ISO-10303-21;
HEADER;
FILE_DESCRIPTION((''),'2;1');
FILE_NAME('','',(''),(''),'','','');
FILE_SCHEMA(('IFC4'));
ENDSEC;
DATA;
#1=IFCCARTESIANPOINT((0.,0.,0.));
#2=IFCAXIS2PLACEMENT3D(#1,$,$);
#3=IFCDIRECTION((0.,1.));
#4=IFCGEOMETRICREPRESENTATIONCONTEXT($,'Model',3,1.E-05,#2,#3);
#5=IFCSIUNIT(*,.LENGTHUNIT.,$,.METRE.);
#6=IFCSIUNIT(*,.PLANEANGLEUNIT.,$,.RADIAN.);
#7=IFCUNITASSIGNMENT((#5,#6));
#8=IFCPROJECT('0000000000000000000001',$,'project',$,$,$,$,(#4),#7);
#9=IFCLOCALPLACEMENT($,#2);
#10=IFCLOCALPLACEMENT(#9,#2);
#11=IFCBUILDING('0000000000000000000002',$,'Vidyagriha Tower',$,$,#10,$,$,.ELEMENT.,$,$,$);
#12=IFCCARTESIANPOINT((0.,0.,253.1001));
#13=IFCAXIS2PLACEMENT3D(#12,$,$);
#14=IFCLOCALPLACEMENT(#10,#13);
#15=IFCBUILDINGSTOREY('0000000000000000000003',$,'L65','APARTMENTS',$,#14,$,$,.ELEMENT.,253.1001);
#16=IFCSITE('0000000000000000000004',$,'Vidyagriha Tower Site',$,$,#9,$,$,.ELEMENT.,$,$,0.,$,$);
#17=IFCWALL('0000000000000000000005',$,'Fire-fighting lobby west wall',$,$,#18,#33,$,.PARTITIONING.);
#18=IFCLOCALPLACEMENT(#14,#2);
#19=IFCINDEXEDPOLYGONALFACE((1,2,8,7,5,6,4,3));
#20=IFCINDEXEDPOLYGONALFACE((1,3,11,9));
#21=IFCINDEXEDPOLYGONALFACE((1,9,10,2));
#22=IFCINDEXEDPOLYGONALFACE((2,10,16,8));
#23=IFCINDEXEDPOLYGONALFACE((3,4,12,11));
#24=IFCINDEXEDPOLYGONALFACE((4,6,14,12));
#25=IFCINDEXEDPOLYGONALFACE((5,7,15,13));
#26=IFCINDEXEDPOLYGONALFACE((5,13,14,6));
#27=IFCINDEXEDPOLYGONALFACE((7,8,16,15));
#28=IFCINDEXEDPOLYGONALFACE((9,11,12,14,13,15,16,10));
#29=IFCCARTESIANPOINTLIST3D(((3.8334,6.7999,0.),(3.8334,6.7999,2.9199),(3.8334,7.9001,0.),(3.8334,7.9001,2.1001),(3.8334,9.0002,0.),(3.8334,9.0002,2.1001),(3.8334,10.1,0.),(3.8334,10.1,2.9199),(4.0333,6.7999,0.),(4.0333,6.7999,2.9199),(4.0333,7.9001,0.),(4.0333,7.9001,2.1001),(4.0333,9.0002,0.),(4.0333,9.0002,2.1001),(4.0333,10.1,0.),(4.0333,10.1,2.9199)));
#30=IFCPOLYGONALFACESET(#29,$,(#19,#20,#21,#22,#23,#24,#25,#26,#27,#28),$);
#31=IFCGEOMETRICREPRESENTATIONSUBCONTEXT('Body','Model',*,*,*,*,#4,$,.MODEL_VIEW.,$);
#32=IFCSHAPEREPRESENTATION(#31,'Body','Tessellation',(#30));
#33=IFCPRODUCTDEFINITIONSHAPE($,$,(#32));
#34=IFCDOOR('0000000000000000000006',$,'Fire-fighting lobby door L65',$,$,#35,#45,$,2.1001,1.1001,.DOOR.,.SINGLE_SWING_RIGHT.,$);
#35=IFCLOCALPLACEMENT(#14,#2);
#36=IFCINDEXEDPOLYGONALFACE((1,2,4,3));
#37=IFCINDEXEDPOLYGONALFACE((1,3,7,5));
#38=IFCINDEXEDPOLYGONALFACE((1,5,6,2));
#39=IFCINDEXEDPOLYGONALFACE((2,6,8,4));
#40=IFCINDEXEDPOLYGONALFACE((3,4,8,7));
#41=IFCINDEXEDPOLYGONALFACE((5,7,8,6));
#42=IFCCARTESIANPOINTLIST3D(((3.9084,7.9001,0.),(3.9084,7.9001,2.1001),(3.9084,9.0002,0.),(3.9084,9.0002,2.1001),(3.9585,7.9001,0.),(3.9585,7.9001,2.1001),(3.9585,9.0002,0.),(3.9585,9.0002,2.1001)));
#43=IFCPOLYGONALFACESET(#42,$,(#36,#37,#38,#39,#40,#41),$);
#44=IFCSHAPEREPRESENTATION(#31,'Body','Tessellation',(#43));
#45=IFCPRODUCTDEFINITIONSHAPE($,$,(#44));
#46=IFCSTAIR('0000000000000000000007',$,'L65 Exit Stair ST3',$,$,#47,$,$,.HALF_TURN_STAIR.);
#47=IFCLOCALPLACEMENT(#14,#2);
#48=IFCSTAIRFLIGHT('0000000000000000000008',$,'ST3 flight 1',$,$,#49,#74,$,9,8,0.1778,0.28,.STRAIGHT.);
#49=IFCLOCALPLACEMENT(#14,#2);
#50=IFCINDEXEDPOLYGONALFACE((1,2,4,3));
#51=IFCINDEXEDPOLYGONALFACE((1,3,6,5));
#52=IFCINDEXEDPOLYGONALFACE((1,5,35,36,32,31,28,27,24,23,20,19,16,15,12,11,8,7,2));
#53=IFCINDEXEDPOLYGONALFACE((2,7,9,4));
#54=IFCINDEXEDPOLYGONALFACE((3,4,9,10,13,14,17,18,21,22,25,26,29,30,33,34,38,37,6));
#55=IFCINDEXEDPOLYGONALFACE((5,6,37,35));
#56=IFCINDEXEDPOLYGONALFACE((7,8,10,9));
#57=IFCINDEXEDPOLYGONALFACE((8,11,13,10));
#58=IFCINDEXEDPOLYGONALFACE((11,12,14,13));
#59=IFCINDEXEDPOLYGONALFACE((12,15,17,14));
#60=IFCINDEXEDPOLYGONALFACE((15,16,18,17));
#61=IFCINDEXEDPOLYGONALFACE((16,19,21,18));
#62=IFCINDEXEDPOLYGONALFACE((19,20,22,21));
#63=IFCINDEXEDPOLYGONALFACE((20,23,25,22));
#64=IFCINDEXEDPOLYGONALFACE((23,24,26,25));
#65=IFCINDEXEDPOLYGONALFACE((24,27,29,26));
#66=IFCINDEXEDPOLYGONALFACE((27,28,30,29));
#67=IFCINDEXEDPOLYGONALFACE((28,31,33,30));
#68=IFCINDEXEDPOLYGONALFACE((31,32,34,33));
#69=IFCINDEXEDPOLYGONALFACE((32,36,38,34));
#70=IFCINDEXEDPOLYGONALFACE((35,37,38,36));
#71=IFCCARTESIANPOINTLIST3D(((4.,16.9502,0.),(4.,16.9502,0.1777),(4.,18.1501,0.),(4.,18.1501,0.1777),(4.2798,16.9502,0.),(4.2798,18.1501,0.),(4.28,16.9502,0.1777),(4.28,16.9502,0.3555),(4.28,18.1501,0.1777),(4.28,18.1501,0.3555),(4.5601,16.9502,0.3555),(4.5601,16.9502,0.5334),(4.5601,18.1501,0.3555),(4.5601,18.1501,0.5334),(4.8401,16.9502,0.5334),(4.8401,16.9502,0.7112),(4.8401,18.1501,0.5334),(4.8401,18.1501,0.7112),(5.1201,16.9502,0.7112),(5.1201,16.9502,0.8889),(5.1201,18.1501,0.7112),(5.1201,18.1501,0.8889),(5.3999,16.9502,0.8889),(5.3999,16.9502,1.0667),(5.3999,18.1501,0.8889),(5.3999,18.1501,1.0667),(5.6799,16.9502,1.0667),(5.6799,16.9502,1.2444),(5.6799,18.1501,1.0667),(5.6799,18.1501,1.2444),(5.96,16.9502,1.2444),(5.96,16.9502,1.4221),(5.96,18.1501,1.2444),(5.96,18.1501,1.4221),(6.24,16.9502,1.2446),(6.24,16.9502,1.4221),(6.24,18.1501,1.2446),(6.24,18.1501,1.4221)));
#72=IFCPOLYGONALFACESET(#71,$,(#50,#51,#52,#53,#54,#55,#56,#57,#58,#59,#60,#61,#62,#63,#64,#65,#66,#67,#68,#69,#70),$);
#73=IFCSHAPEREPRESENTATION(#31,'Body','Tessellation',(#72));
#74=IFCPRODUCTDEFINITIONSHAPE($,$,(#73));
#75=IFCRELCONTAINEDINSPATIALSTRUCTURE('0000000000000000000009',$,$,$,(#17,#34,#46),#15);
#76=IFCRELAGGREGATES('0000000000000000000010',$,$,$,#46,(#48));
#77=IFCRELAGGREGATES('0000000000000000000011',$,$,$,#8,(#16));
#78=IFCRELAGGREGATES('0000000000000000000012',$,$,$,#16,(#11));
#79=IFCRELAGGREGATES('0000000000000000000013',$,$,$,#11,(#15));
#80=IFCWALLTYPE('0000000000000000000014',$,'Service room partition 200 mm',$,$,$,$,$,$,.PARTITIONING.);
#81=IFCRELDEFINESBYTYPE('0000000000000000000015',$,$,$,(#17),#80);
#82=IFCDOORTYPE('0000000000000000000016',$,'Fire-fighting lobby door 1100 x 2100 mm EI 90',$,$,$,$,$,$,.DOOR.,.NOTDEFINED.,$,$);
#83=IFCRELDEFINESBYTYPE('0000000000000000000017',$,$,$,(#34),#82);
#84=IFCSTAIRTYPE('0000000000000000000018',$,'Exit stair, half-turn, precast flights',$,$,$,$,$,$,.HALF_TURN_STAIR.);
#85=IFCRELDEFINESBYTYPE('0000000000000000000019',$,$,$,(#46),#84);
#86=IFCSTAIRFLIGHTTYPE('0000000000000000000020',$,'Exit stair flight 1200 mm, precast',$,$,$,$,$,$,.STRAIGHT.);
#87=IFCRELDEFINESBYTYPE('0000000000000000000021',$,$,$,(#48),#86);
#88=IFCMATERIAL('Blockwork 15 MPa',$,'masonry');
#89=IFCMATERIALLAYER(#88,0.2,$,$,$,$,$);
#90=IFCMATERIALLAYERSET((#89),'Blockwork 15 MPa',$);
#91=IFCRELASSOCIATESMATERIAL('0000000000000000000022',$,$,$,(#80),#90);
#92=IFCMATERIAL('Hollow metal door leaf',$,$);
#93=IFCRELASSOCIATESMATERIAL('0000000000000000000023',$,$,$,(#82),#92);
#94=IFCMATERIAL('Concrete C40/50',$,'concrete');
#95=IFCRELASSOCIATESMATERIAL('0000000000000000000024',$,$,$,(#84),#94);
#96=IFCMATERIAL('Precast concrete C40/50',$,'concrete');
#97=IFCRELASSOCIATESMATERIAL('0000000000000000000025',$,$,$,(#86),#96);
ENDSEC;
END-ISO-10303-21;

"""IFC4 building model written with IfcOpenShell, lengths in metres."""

from ifc_helpers import new_model, si_unit, direction, frame, frame_2d, origin, place, context, subcontext, project, spatial, polyline, rectangle, outline, extrude, material, layer, layer_set, type_object, element, fill, aggregate, save


model = new_model("IFC4")

# Units and contexts
model_context = context("Model", 3, precision=1e-05, world=origin(), true_north=direction((0.0, 1.0)))
body_context = subcontext(model_context, "Body", "Model", "MODEL_VIEW")
ifc_project = project(units=[si_unit("LENGTHUNIT", "METRE"), si_unit("PLANEANGLEUNIT", "RADIAN")], contexts=[model_context])

# Site, building, storey
site_placement = place(None, origin())
site = spatial("IfcSite", under=ifc_project, at=site_placement, Name="Vidyagriha Tower Site", CompositionType="ELEMENT", RefElevation=0.0)
building_placement = place(site_placement, origin())
building = spatial("IfcBuilding", under=site, at=building_placement, Name="Vidyagriha Tower", CompositionType="ELEMENT")
storey_placement = place(building_placement, frame((0.0, 0.0, 253.1001)))
storey = spatial("IfcBuildingStorey", under=building, at=storey_placement, Name="L65", Description="APARTMENTS", CompositionType="ELEMENT", Elevation=253.1001)

# Wall, opening, door
ifc_material_1 = material(Name="Blockwork 15 MPa", Category="masonry")
ifc_layer_1 = layer(ifc_material_1, 0.2)
ifc_layer_set_1 = layer_set([ifc_layer_1], Name="Blockwork 15 MPa")
wall_type_1 = type_object("IfcWallType", Name="Service room partition 200 mm", PredefinedType="PARTITIONING", material=ifc_layer_set_1)
wall_1_placement = place(storey_placement, frame((3.9333, 6.8, 0.0), z_axis=(0.0, 0.0, 1.0), x_axis=(0.0, 1.0, 0.0)))
wall_1 = element("IfcWall", 1, at=wall_1_placement, inside=storey, type_object=wall_type_1, Name="Fire-fighting lobby west wall", PredefinedType="PARTITIONING", context=body_context, shape_type="SweptSolid", body=[
    extrude(rectangle(XDim=3.3, YDim=0.2, at=frame_2d((1.6499, 0.0))), origin(), (0.0, 0.0, 1.0), 2.9199),
])
opening_1_placement = place(wall_1_placement, frame((1.1001, 0.0, 0.0)))
opening_1 = element("IfcOpeningElement", 2, at=opening_1_placement, cuts=wall_1, PredefinedType="OPENING", context=body_context, shape_type="SweptSolid", body=[
    extrude(rectangle(XDim=1.1001, YDim=2.1001, at=frame_2d((0.55, 1.05))), frame((0.0, 0.1099, 0.0), z_axis=(0.0, -1.0, 0.0), x_axis=(1.0, 0.0, 0.0)), (0.0, 0.0, 1.0), 0.22),
])
ifc_material_2 = material(Name="Hollow metal door leaf")
door_type_1 = type_object("IfcDoorType", Name="Fire-fighting lobby door 1100 x 2100 mm EI 90", OperationType="NOTDEFINED", PredefinedType="DOOR", material=ifc_material_2)
door_1_placement = place(opening_1_placement, origin())
door_1 = element("IfcDoor", 3, at=door_1_placement, inside=storey, type_object=door_type_1, Name="Fire-fighting lobby door L65", OperationType="SINGLE_SWING_RIGHT", OverallHeight=2.1001, OverallWidth=1.1001, PredefinedType="DOOR", context=body_context, shape_type="SweptSolid", body=[
    extrude(rectangle(XDim=1.1001, YDim=2.1001, at=frame_2d((0.55, 1.05))), frame((0.0, 0.0249, 0.0), z_axis=(0.0, -1.0, 0.0), x_axis=(1.0, 0.0, 0.0)), (0.0, 0.0, 1.0), 0.05),
])
fill(opening_1, door_1)

# Stair, stair flight
ifc_material_3 = material(Name="Concrete C40/50", Category="concrete")
stair_type = type_object("IfcStairType", Name="Exit stair, half-turn, precast flights", PredefinedType="HALF_TURN_STAIR", material=ifc_material_3)
stair_placement = place(storey_placement, origin())
stair = element("IfcStair", 4, at=stair_placement, inside=storey, type_object=stair_type, Name="L65 Exit Stair ST3", PredefinedType="HALF_TURN_STAIR")
ifc_material_4 = material(Name="Precast concrete C40/50", Category="concrete")
stair_flight_type = type_object("IfcStairFlightType", Name="Exit stair flight 1200 mm, precast", PredefinedType="STRAIGHT", material=ifc_material_4)
stair_flight_placement = place(storey_placement, frame((4.0, 17.55, 0.0)))
stair_flight = element("IfcStairFlight", 5, at=stair_flight_placement, type_object=stair_flight_type, Name="ST3 flight 1", NumberOfRisers=9, NumberOfTreads=8, PredefinedType="STRAIGHT", RiserHeight=0.1778, TreadLength=0.28, context=body_context, shape_type="SweptSolid", body=[
    extrude(outline(polyline([(0.0, 0.0), (0.0, 0.1777), (0.28, 0.1777), (0.28, 0.3555), (0.5601, 0.3555), (0.5601, 0.5334), (0.8401, 0.5334), (0.8401, 0.7112), (1.1201, 0.7112), (1.1201, 0.8889), (1.3999, 0.8889), (1.3999, 1.0667), (1.6799, 1.0667), (1.6799, 1.2444), (1.96, 1.2444), (1.96, 1.4221), (2.24, 1.4221), (2.24, 1.6001), (2.24, 1.2446), (0.2798, 0.0), (0.0, 0.0)])), frame((0.0, 0.6001, 0.0), z_axis=(0.0, -1.0, 0.0), x_axis=(1.0, 0.0, 0.0)), (0.0, 0.0, 1.0), 1.2),
])
aggregate(stair, [stair_flight])

save(model, "model.ifc")
